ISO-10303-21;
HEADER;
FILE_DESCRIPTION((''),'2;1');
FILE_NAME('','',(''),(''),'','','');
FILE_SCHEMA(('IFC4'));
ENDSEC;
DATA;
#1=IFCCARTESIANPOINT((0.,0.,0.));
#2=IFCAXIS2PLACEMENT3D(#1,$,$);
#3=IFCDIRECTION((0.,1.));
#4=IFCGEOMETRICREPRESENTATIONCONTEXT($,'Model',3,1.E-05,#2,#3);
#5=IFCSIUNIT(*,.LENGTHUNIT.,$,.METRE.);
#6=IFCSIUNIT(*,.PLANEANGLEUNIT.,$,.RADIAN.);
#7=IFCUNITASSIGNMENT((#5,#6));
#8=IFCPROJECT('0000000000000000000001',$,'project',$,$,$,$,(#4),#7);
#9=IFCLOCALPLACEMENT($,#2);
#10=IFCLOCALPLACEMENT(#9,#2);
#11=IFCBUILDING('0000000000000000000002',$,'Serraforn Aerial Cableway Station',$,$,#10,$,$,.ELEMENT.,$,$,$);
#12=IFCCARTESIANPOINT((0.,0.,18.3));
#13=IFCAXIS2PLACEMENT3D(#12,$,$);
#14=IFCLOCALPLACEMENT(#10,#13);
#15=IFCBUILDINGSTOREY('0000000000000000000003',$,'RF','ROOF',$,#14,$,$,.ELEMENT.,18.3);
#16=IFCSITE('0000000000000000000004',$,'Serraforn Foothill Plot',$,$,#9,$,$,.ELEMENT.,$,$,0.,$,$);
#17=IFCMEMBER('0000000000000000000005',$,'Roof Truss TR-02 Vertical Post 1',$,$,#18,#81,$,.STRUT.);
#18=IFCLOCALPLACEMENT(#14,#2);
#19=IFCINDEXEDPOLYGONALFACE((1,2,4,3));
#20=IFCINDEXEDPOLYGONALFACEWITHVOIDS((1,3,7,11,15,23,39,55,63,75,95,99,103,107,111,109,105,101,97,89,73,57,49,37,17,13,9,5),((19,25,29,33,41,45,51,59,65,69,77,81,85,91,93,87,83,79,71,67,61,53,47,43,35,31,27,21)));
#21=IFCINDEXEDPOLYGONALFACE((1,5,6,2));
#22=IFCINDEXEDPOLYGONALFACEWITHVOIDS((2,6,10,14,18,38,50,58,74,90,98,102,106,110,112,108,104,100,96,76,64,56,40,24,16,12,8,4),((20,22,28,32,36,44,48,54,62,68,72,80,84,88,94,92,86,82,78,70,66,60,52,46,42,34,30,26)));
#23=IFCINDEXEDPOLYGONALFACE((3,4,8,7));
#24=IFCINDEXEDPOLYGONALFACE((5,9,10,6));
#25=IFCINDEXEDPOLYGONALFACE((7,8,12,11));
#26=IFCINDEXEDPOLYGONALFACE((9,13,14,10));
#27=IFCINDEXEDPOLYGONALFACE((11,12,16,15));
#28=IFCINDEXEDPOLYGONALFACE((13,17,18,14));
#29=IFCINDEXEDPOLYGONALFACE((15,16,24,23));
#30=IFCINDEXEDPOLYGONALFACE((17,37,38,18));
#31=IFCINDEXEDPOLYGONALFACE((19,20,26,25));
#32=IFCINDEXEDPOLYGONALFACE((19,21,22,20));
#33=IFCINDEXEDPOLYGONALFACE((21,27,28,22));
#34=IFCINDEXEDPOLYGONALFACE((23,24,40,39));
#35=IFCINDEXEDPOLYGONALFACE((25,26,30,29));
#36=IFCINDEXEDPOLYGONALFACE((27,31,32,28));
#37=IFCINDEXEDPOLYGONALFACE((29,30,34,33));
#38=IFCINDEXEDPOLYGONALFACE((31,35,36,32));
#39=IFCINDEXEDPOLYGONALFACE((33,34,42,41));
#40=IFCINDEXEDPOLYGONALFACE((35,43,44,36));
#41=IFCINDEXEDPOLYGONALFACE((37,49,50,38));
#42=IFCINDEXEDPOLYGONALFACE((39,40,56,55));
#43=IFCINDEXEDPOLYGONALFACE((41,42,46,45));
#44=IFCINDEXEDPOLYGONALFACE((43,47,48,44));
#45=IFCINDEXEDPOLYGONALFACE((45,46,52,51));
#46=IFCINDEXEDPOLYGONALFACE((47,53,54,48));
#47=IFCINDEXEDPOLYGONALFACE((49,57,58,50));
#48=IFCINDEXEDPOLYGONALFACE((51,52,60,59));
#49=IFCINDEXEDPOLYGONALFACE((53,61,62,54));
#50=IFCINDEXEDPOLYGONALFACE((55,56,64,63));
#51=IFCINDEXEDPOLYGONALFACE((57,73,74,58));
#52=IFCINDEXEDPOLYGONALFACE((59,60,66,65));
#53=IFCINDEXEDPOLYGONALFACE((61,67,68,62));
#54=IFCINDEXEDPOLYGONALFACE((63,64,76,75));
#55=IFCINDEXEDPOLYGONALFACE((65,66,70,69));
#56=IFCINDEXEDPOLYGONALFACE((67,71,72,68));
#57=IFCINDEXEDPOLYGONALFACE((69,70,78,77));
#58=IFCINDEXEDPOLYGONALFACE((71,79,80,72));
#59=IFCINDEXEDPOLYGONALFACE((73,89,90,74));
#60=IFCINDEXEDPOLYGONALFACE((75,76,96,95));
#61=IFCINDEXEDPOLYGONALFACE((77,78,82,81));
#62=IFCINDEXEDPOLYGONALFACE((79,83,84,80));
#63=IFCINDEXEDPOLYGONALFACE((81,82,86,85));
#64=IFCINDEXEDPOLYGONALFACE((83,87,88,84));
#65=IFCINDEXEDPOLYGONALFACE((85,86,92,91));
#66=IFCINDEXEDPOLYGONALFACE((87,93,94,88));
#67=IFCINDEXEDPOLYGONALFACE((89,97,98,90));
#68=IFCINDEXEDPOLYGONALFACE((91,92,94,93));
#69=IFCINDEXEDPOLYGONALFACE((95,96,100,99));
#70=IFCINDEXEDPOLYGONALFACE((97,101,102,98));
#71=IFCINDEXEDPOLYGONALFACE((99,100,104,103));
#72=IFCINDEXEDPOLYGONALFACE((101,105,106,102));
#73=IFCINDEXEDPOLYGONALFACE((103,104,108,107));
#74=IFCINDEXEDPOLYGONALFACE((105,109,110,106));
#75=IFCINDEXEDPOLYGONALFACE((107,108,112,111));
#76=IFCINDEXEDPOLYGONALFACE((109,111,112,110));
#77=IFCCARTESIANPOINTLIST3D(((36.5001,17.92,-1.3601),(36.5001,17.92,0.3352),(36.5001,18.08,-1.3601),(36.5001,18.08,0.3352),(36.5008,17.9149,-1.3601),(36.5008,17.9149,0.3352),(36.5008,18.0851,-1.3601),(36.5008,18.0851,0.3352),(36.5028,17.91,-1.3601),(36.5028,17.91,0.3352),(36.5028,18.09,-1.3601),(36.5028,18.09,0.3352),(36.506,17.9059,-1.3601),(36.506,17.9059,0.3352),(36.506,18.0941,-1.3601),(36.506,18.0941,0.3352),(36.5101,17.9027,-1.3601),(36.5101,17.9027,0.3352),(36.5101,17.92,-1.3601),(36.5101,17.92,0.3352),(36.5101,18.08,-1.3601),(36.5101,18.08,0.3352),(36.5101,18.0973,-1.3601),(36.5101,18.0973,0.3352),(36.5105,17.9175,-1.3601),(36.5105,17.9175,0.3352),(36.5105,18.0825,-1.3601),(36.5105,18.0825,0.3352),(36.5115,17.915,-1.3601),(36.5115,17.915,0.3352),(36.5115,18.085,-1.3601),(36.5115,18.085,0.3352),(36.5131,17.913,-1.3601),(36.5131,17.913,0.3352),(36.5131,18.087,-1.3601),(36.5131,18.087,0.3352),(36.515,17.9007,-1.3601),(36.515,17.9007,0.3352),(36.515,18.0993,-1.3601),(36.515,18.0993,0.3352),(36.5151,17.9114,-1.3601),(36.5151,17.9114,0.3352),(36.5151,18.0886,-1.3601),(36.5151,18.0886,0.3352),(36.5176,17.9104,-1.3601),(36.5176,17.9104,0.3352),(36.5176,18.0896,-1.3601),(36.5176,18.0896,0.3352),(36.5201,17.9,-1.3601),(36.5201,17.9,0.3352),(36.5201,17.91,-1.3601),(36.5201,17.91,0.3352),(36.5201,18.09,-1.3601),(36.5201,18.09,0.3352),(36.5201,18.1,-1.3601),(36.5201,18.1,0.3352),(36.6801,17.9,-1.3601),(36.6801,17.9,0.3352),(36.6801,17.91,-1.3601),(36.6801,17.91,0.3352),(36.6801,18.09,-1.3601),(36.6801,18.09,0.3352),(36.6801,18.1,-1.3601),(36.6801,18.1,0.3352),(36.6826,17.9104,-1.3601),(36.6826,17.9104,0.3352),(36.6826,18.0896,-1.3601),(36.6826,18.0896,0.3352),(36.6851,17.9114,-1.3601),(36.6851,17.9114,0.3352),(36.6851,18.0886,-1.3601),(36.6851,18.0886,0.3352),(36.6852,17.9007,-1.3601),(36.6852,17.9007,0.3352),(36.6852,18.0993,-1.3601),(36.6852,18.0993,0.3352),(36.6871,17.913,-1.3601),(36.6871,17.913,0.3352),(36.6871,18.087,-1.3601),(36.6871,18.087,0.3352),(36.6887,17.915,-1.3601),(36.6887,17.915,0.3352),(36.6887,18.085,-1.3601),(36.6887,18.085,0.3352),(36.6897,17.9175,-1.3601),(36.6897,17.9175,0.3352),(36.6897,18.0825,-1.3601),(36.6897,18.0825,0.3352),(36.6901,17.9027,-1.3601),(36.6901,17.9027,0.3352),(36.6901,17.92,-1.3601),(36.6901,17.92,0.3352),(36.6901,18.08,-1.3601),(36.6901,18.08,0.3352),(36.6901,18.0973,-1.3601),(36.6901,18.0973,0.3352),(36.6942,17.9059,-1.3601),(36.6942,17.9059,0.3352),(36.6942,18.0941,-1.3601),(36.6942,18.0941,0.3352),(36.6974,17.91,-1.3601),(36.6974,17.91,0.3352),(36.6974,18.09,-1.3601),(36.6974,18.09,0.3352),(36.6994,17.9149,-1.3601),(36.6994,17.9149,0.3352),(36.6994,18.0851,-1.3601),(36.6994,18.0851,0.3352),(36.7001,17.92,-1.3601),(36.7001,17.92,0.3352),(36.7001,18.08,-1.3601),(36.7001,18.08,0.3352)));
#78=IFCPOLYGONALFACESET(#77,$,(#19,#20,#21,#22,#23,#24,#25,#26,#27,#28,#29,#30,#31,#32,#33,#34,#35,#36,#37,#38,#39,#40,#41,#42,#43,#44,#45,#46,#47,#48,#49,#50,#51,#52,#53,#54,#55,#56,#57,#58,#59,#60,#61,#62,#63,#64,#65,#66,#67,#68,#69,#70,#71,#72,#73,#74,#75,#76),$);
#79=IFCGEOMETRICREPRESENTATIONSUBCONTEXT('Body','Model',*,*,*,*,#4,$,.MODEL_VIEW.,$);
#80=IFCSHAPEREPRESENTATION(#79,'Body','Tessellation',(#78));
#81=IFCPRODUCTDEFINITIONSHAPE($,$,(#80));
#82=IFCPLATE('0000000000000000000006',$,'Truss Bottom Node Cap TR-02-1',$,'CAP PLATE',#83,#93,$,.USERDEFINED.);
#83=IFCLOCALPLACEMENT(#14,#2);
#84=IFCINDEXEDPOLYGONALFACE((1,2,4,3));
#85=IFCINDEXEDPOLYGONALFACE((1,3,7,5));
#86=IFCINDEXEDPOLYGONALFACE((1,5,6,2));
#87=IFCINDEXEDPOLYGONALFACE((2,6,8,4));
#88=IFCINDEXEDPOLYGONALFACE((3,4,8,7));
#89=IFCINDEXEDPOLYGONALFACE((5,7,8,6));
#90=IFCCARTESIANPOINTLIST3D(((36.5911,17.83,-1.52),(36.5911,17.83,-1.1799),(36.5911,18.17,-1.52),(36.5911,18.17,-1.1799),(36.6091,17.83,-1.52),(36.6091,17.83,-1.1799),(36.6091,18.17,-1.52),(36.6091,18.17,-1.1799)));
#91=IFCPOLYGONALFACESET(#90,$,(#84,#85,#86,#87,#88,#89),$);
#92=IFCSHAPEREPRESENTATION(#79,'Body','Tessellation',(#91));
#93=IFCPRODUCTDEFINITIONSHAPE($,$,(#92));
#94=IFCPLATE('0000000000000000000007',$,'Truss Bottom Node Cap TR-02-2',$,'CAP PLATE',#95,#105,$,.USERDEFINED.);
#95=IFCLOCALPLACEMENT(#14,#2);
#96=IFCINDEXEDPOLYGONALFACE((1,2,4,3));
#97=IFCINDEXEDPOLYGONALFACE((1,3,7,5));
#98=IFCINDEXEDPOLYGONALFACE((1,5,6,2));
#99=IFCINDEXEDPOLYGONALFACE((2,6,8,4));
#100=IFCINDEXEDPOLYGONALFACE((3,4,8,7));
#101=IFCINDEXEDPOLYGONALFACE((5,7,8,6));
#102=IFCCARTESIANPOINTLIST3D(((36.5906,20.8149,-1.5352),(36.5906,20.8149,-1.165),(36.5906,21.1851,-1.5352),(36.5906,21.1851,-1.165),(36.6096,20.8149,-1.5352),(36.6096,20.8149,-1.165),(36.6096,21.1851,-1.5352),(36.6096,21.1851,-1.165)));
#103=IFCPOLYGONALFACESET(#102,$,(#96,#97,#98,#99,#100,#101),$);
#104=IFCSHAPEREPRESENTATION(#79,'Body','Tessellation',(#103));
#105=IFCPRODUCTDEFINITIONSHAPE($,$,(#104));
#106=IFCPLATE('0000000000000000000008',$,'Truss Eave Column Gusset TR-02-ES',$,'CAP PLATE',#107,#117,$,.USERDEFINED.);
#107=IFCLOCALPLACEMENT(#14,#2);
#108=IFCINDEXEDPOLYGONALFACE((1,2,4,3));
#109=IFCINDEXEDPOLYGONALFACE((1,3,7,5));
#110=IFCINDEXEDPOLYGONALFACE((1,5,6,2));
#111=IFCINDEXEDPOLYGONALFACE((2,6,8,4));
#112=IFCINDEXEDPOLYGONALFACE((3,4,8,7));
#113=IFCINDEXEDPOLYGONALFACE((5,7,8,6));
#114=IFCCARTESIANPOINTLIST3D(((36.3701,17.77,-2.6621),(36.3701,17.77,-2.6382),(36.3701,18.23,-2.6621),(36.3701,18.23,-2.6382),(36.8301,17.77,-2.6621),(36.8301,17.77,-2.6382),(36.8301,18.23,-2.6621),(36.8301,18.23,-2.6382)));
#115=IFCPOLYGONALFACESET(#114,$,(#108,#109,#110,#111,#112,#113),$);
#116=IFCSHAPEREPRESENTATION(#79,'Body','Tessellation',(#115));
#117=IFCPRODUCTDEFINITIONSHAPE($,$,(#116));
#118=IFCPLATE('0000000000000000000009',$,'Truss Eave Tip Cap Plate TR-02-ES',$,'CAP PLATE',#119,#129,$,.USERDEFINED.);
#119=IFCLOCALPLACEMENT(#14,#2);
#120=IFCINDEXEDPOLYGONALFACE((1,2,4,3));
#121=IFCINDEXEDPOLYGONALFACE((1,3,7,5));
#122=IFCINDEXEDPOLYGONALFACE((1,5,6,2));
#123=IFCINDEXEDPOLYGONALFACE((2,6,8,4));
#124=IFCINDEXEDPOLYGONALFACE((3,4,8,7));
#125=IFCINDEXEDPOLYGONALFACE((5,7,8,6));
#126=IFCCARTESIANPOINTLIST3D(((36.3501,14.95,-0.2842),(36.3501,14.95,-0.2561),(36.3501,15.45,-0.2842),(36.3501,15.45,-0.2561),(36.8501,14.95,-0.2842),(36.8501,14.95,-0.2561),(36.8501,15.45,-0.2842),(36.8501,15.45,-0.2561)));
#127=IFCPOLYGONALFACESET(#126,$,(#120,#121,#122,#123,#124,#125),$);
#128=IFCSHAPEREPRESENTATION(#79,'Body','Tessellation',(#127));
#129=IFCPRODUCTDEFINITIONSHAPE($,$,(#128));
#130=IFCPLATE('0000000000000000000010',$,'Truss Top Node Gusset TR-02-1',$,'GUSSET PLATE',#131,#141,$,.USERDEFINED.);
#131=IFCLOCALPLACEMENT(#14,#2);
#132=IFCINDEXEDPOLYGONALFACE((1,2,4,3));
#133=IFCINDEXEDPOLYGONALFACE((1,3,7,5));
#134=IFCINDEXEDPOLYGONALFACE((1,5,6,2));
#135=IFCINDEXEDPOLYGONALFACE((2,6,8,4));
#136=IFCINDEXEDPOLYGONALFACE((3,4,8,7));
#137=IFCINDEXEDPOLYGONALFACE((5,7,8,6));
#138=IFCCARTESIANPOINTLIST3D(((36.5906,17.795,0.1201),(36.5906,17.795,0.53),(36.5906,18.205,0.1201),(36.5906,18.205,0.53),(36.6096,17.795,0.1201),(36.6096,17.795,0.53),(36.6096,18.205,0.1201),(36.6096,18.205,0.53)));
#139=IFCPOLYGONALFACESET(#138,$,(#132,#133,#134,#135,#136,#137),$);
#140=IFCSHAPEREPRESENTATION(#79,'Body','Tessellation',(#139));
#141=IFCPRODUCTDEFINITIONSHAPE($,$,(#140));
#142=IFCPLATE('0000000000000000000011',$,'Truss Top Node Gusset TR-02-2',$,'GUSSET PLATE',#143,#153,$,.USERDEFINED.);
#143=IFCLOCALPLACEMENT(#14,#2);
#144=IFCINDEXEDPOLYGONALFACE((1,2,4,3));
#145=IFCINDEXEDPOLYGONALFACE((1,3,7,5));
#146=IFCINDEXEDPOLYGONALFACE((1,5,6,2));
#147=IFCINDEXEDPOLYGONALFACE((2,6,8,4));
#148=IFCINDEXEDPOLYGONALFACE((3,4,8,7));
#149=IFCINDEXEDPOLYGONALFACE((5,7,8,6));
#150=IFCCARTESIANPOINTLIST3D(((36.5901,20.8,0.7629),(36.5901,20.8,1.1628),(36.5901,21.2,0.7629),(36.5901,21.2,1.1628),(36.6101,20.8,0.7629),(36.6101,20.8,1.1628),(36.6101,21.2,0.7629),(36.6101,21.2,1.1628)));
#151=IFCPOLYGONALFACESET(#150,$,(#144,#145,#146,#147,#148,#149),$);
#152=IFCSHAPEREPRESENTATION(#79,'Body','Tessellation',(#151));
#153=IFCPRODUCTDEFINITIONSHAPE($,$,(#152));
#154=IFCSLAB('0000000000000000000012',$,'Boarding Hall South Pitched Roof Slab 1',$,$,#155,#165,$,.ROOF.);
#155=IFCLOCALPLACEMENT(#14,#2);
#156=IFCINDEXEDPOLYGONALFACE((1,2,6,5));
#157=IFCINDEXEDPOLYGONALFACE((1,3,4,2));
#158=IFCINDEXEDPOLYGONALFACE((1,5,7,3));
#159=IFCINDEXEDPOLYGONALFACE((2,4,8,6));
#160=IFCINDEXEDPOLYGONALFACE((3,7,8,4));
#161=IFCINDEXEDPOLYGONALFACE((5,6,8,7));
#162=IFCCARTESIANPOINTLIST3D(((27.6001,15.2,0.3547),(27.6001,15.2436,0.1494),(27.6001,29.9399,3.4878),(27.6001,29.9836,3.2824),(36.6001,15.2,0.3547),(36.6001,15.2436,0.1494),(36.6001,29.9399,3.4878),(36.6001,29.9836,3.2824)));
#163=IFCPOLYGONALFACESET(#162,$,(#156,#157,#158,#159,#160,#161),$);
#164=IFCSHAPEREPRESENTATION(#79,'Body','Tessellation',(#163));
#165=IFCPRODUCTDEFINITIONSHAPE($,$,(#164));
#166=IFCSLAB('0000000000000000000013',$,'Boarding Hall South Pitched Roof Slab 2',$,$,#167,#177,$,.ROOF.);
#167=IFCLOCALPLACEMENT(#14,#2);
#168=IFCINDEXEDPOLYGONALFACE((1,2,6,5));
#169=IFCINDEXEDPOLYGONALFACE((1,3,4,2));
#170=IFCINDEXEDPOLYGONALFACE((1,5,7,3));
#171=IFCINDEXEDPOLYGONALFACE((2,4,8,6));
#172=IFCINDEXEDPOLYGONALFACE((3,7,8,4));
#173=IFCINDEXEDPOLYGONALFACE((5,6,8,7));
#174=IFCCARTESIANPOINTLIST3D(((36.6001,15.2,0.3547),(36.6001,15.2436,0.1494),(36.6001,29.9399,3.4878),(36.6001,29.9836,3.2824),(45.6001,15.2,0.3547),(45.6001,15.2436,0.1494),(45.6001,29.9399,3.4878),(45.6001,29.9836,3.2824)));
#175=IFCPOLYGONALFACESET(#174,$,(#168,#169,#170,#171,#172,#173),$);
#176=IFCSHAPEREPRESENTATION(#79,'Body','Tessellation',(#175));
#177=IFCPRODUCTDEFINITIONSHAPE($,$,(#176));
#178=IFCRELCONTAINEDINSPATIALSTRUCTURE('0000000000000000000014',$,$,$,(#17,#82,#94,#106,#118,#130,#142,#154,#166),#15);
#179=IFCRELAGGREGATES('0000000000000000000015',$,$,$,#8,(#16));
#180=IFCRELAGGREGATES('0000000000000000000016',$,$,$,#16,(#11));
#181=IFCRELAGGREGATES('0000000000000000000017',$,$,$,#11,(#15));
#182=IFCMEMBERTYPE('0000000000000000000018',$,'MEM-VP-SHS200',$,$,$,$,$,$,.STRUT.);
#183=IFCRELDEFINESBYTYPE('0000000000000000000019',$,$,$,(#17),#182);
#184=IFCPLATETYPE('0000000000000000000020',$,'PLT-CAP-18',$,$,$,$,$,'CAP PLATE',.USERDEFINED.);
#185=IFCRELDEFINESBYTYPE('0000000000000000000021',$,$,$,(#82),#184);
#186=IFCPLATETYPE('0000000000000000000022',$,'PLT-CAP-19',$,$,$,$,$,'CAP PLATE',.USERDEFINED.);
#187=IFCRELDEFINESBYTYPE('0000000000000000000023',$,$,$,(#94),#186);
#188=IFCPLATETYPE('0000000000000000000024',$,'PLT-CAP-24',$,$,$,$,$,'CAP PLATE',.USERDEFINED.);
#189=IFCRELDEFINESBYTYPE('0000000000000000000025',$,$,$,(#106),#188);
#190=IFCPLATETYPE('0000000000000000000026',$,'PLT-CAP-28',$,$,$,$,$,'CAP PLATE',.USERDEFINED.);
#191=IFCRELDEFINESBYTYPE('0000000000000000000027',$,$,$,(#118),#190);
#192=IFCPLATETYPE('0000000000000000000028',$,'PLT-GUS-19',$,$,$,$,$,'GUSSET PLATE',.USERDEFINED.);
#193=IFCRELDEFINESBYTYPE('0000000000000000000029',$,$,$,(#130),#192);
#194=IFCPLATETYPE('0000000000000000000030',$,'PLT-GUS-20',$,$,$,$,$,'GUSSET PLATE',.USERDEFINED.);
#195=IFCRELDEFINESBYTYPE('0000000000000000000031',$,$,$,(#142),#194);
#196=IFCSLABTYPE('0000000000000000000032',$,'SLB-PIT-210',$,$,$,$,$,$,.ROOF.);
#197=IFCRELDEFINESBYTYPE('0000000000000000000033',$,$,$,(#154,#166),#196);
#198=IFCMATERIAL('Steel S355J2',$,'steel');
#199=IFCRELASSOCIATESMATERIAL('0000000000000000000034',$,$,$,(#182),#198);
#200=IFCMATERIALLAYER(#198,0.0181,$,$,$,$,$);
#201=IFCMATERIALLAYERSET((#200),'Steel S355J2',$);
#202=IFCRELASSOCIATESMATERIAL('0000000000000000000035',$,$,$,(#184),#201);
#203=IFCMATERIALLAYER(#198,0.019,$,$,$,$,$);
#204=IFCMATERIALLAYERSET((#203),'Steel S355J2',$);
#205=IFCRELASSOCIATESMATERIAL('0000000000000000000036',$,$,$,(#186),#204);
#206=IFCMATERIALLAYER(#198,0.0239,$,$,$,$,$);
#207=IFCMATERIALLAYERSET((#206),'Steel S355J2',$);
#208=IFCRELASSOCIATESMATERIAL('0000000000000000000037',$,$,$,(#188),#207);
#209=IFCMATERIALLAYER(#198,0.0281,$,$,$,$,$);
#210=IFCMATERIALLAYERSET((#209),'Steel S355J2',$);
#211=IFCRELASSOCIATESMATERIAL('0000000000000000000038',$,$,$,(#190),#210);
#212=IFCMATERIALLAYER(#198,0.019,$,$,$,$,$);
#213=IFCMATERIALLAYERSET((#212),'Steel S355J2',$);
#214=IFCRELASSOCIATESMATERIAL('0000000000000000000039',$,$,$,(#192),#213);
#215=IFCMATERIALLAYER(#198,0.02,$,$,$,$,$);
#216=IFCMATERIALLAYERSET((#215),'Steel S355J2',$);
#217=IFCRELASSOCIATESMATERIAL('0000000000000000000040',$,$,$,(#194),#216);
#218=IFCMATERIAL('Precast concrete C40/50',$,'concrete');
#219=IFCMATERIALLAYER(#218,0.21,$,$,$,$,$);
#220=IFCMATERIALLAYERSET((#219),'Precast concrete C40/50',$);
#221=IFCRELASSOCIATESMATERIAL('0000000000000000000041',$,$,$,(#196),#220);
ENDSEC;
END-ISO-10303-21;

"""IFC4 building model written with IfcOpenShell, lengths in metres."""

from ifc_helpers import new_model, si_unit, direction, frame, origin, origin_2d, place, context, subcontext, project, spatial, polyline, rectangle, hollow_rectangle, outline, extrude, material, layer, layer_set, material_profile, profile_set, type_object, element, save


model = new_model("IFC4")

# Units and contexts
model_context = context("Model", 3, precision=1e-05, world=origin(), true_north=direction((0.0, 1.0)))
body_context = subcontext(model_context, "Body", "Model", "MODEL_VIEW")
ifc_project = project(units=[si_unit("LENGTHUNIT", "METRE"), si_unit("PLANEANGLEUNIT", "RADIAN")], contexts=[model_context])

# Site, building, storey
site_placement = place(None, origin())
site = spatial("IfcSite", under=ifc_project, at=site_placement, Name="Serraforn Foothill Plot", CompositionType="ELEMENT", RefElevation=0.0)
building_placement = place(site_placement, origin())
building = spatial("IfcBuilding", under=site, at=building_placement, Name="Serraforn Aerial Cableway Station", CompositionType="ELEMENT")
storey_placement = place(building_placement, frame((0.0, 0.0, 18.3)))
storey = spatial("IfcBuildingStorey", under=building, at=storey_placement, Name="RF", Description="ROOF", CompositionType="ELEMENT", Elevation=18.3)

# Shared definitions
ifc_material_1 = material(Name="Steel S355J2", Category="steel")

# Member
ifc_material_profile_1 = material_profile(ifc_material_1, hollow_rectangle(XDim=0.2, YDim=0.2, WallThickness=0.01, InnerFilletRadius=0.01, OuterFilletRadius=0.02, at=origin_2d()), Name="SHS 200x200x10.0")
ifc_profile_set_1 = profile_set([ifc_material_profile_1], Name="Steel S355J2")
member_type_1 = type_object("IfcMemberType", Name="MEM-VP-SHS200", PredefinedType="STRUT", material=ifc_profile_set_1)
member_1_placement = place(storey_placement, frame((36.6001, 18.0, -1.3601), z_axis=(0.0, 0.0, 1.0), x_axis=(1.0, 0.0, 0.0)))
element("IfcMember", 1, at=member_1_placement, inside=storey, type_object=member_type_1, Name="Roof Truss TR-02 Vertical Post 1", PredefinedType="STRUT", context=body_context, shape_type="SweptSolid", body=[
    extrude(hollow_rectangle(XDim=0.2, YDim=0.2, WallThickness=0.01, InnerFilletRadius=0.01, OuterFilletRadius=0.02, at=origin_2d()), origin(), (0.0, 0.0, 1.0), 1.6953),
])

# Plates
ifc_layer_1 = layer(ifc_material_1, 0.0181)
ifc_layer_set_1 = layer_set([ifc_layer_1], Name="Steel S355J2")
plate_type_1 = type_object("IfcPlateType", Name="PLT-CAP-18", ElementType="CAP PLATE", PredefinedType="USERDEFINED", material=ifc_layer_set_1)
plate_1_placement = place(storey_placement, frame((36.6001, 18.0, -1.52), z_axis=(0.0, 0.0, 1.0), x_axis=(1.0, 0.0, 0.0)))
element("IfcPlate", 2, at=plate_1_placement, inside=storey, type_object=plate_type_1, Name="Truss Bottom Node Cap TR-02-1", ObjectType="CAP PLATE", PredefinedType="USERDEFINED", context=body_context, shape_type="SweptSolid", body=[
    extrude(rectangle(XDim=0.0181, YDim=0.3401, at=origin_2d()), origin(), (0.0, 0.0, 1.0), 0.3401),
])
ifc_layer_2 = layer(ifc_material_1, 0.019)
ifc_layer_set_2 = layer_set([ifc_layer_2], Name="Steel S355J2")
plate_type_2 = type_object("IfcPlateType", Name="PLT-CAP-19", ElementType="CAP PLATE", PredefinedType="USERDEFINED", material=ifc_layer_set_2)
plate_2_placement = place(storey_placement, frame((36.6001, 21.0, -1.5352), z_axis=(0.0, 0.0, 1.0), x_axis=(1.0, 0.0, 0.0)))
element("IfcPlate", 3, at=plate_2_placement, inside=storey, type_object=plate_type_2, Name="Truss Bottom Node Cap TR-02-2", ObjectType="CAP PLATE", PredefinedType="USERDEFINED", context=body_context, shape_type="SweptSolid", body=[
    extrude(rectangle(XDim=0.019, YDim=0.3701, at=origin_2d()), origin(), (0.0, 0.0, 1.0), 0.3701),
])
ifc_layer_3 = layer(ifc_material_1, 0.0239)
ifc_layer_set_3 = layer_set([ifc_layer_3], Name="Steel S355J2")
plate_type_3 = type_object("IfcPlateType", Name="PLT-CAP-24", ElementType="CAP PLATE", PredefinedType="USERDEFINED", material=ifc_layer_set_3)
plate_3_placement = place(storey_placement, frame((36.6001, 18.0, -2.6621), z_axis=(0.0, 0.0, 1.0), x_axis=(1.0, 0.0, 0.0)))
element("IfcPlate", 4, at=plate_3_placement, inside=storey, type_object=plate_type_3, Name="Truss Eave Column Gusset TR-02-ES", ObjectType="CAP PLATE", PredefinedType="USERDEFINED", context=body_context, shape_type="SweptSolid", body=[
    extrude(rectangle(XDim=0.46, YDim=0.46, at=origin_2d()), origin(), (0.0, 0.0, 1.0), 0.0239),
])
ifc_layer_4 = layer(ifc_material_1, 0.0281)
ifc_layer_set_4 = layer_set([ifc_layer_4], Name="Steel S355J2")
plate_type_4 = type_object("IfcPlateType", Name="PLT-CAP-28", ElementType="CAP PLATE", PredefinedType="USERDEFINED", material=ifc_layer_set_4)
plate_4_placement = place(storey_placement, frame((36.6001, 15.2, -0.2842), z_axis=(0.0, 0.0, 1.0), x_axis=(1.0, 0.0, 0.0)))
element("IfcPlate", 5, at=plate_4_placement, inside=storey, type_object=plate_type_4, Name="Truss Eave Tip Cap Plate TR-02-ES", ObjectType="CAP PLATE", PredefinedType="USERDEFINED", context=body_context, shape_type="SweptSolid", body=[
    extrude(rectangle(XDim=0.5, YDim=0.5, at=origin_2d()), origin(), (0.0, 0.0, 1.0), 0.0281),
])
ifc_layer_5 = layer(ifc_material_1, 0.019)
ifc_layer_set_5 = layer_set([ifc_layer_5], Name="Steel S355J2")
plate_type_5 = type_object("IfcPlateType", Name="PLT-GUS-19", ElementType="GUSSET PLATE", PredefinedType="USERDEFINED", material=ifc_layer_set_5)
plate_5_placement = place(storey_placement, frame((36.6001, 18.0, 0.1201), z_axis=(0.0, 0.0, 1.0), x_axis=(1.0, 0.0, 0.0)))
element("IfcPlate", 6, at=plate_5_placement, inside=storey, type_object=plate_type_5, Name="Truss Top Node Gusset TR-02-1", ObjectType="GUSSET PLATE", PredefinedType="USERDEFINED", context=body_context, shape_type="SweptSolid", body=[
    extrude(rectangle(XDim=0.019, YDim=0.4099, at=origin_2d()), origin(), (0.0, 0.0, 1.0), 0.4099),
])
ifc_layer_6 = layer(ifc_material_1, 0.02)
ifc_layer_set_6 = layer_set([ifc_layer_6], Name="Steel S355J2")
plate_type_6 = type_object("IfcPlateType", Name="PLT-GUS-20", ElementType="GUSSET PLATE", PredefinedType="USERDEFINED", material=ifc_layer_set_6)
plate_6_placement = place(storey_placement, frame((36.6001, 21.0, 0.7629), z_axis=(0.0, 0.0, 1.0), x_axis=(1.0, 0.0, 0.0)))
element("IfcPlate", 7, at=plate_6_placement, inside=storey, type_object=plate_type_6, Name="Truss Top Node Gusset TR-02-2", ObjectType="GUSSET PLATE", PredefinedType="USERDEFINED", context=body_context, shape_type="SweptSolid", body=[
    extrude(rectangle(XDim=0.02, YDim=0.3999, at=origin_2d()), origin(), (0.0, 0.0, 1.0), 0.3999),
])

# Slabs
ifc_material_2 = material(Name="Precast concrete C40/50", Category="concrete")
ifc_layer_7 = layer(ifc_material_2, 0.21)
ifc_layer_set_7 = layer_set([ifc_layer_7], Name="Precast concrete C40/50")
slab_type = type_object("IfcSlabType", Name="SLB-PIT-210", PredefinedType="ROOF", material=ifc_layer_set_7)
for number, where, z_axis, x_axis, name in (
    (8, (27.6001, 15.2, 0.3547), (0.0, -0.20791, 0.978148), (1.0, 0.0, 0.0), "Boarding Hall South Pitched Roof Slab 1"),
    (9, (36.6001, 15.2, 0.3547), (0.0, -0.20791, 0.978148), (1.0, 0.0, 0.0), "Boarding Hall South Pitched Roof Slab 2"),
):
    element("IfcSlab", number, at=place(storey_placement, frame(where, z_axis=z_axis, x_axis=x_axis)), inside=storey, type_object=slab_type, Name=name, PredefinedType="ROOF", context=body_context, shape_type="SweptSolid", body=[
        extrude(outline(polyline([(0.0, 0.0), (9.0, 0.0), (9.0, 15.0693), (0.0, 15.0693), (0.0, 0.0)])), origin(), (0.0, 0.0, -1.0), 0.21),
    ])

save(model, "model.ifc")
